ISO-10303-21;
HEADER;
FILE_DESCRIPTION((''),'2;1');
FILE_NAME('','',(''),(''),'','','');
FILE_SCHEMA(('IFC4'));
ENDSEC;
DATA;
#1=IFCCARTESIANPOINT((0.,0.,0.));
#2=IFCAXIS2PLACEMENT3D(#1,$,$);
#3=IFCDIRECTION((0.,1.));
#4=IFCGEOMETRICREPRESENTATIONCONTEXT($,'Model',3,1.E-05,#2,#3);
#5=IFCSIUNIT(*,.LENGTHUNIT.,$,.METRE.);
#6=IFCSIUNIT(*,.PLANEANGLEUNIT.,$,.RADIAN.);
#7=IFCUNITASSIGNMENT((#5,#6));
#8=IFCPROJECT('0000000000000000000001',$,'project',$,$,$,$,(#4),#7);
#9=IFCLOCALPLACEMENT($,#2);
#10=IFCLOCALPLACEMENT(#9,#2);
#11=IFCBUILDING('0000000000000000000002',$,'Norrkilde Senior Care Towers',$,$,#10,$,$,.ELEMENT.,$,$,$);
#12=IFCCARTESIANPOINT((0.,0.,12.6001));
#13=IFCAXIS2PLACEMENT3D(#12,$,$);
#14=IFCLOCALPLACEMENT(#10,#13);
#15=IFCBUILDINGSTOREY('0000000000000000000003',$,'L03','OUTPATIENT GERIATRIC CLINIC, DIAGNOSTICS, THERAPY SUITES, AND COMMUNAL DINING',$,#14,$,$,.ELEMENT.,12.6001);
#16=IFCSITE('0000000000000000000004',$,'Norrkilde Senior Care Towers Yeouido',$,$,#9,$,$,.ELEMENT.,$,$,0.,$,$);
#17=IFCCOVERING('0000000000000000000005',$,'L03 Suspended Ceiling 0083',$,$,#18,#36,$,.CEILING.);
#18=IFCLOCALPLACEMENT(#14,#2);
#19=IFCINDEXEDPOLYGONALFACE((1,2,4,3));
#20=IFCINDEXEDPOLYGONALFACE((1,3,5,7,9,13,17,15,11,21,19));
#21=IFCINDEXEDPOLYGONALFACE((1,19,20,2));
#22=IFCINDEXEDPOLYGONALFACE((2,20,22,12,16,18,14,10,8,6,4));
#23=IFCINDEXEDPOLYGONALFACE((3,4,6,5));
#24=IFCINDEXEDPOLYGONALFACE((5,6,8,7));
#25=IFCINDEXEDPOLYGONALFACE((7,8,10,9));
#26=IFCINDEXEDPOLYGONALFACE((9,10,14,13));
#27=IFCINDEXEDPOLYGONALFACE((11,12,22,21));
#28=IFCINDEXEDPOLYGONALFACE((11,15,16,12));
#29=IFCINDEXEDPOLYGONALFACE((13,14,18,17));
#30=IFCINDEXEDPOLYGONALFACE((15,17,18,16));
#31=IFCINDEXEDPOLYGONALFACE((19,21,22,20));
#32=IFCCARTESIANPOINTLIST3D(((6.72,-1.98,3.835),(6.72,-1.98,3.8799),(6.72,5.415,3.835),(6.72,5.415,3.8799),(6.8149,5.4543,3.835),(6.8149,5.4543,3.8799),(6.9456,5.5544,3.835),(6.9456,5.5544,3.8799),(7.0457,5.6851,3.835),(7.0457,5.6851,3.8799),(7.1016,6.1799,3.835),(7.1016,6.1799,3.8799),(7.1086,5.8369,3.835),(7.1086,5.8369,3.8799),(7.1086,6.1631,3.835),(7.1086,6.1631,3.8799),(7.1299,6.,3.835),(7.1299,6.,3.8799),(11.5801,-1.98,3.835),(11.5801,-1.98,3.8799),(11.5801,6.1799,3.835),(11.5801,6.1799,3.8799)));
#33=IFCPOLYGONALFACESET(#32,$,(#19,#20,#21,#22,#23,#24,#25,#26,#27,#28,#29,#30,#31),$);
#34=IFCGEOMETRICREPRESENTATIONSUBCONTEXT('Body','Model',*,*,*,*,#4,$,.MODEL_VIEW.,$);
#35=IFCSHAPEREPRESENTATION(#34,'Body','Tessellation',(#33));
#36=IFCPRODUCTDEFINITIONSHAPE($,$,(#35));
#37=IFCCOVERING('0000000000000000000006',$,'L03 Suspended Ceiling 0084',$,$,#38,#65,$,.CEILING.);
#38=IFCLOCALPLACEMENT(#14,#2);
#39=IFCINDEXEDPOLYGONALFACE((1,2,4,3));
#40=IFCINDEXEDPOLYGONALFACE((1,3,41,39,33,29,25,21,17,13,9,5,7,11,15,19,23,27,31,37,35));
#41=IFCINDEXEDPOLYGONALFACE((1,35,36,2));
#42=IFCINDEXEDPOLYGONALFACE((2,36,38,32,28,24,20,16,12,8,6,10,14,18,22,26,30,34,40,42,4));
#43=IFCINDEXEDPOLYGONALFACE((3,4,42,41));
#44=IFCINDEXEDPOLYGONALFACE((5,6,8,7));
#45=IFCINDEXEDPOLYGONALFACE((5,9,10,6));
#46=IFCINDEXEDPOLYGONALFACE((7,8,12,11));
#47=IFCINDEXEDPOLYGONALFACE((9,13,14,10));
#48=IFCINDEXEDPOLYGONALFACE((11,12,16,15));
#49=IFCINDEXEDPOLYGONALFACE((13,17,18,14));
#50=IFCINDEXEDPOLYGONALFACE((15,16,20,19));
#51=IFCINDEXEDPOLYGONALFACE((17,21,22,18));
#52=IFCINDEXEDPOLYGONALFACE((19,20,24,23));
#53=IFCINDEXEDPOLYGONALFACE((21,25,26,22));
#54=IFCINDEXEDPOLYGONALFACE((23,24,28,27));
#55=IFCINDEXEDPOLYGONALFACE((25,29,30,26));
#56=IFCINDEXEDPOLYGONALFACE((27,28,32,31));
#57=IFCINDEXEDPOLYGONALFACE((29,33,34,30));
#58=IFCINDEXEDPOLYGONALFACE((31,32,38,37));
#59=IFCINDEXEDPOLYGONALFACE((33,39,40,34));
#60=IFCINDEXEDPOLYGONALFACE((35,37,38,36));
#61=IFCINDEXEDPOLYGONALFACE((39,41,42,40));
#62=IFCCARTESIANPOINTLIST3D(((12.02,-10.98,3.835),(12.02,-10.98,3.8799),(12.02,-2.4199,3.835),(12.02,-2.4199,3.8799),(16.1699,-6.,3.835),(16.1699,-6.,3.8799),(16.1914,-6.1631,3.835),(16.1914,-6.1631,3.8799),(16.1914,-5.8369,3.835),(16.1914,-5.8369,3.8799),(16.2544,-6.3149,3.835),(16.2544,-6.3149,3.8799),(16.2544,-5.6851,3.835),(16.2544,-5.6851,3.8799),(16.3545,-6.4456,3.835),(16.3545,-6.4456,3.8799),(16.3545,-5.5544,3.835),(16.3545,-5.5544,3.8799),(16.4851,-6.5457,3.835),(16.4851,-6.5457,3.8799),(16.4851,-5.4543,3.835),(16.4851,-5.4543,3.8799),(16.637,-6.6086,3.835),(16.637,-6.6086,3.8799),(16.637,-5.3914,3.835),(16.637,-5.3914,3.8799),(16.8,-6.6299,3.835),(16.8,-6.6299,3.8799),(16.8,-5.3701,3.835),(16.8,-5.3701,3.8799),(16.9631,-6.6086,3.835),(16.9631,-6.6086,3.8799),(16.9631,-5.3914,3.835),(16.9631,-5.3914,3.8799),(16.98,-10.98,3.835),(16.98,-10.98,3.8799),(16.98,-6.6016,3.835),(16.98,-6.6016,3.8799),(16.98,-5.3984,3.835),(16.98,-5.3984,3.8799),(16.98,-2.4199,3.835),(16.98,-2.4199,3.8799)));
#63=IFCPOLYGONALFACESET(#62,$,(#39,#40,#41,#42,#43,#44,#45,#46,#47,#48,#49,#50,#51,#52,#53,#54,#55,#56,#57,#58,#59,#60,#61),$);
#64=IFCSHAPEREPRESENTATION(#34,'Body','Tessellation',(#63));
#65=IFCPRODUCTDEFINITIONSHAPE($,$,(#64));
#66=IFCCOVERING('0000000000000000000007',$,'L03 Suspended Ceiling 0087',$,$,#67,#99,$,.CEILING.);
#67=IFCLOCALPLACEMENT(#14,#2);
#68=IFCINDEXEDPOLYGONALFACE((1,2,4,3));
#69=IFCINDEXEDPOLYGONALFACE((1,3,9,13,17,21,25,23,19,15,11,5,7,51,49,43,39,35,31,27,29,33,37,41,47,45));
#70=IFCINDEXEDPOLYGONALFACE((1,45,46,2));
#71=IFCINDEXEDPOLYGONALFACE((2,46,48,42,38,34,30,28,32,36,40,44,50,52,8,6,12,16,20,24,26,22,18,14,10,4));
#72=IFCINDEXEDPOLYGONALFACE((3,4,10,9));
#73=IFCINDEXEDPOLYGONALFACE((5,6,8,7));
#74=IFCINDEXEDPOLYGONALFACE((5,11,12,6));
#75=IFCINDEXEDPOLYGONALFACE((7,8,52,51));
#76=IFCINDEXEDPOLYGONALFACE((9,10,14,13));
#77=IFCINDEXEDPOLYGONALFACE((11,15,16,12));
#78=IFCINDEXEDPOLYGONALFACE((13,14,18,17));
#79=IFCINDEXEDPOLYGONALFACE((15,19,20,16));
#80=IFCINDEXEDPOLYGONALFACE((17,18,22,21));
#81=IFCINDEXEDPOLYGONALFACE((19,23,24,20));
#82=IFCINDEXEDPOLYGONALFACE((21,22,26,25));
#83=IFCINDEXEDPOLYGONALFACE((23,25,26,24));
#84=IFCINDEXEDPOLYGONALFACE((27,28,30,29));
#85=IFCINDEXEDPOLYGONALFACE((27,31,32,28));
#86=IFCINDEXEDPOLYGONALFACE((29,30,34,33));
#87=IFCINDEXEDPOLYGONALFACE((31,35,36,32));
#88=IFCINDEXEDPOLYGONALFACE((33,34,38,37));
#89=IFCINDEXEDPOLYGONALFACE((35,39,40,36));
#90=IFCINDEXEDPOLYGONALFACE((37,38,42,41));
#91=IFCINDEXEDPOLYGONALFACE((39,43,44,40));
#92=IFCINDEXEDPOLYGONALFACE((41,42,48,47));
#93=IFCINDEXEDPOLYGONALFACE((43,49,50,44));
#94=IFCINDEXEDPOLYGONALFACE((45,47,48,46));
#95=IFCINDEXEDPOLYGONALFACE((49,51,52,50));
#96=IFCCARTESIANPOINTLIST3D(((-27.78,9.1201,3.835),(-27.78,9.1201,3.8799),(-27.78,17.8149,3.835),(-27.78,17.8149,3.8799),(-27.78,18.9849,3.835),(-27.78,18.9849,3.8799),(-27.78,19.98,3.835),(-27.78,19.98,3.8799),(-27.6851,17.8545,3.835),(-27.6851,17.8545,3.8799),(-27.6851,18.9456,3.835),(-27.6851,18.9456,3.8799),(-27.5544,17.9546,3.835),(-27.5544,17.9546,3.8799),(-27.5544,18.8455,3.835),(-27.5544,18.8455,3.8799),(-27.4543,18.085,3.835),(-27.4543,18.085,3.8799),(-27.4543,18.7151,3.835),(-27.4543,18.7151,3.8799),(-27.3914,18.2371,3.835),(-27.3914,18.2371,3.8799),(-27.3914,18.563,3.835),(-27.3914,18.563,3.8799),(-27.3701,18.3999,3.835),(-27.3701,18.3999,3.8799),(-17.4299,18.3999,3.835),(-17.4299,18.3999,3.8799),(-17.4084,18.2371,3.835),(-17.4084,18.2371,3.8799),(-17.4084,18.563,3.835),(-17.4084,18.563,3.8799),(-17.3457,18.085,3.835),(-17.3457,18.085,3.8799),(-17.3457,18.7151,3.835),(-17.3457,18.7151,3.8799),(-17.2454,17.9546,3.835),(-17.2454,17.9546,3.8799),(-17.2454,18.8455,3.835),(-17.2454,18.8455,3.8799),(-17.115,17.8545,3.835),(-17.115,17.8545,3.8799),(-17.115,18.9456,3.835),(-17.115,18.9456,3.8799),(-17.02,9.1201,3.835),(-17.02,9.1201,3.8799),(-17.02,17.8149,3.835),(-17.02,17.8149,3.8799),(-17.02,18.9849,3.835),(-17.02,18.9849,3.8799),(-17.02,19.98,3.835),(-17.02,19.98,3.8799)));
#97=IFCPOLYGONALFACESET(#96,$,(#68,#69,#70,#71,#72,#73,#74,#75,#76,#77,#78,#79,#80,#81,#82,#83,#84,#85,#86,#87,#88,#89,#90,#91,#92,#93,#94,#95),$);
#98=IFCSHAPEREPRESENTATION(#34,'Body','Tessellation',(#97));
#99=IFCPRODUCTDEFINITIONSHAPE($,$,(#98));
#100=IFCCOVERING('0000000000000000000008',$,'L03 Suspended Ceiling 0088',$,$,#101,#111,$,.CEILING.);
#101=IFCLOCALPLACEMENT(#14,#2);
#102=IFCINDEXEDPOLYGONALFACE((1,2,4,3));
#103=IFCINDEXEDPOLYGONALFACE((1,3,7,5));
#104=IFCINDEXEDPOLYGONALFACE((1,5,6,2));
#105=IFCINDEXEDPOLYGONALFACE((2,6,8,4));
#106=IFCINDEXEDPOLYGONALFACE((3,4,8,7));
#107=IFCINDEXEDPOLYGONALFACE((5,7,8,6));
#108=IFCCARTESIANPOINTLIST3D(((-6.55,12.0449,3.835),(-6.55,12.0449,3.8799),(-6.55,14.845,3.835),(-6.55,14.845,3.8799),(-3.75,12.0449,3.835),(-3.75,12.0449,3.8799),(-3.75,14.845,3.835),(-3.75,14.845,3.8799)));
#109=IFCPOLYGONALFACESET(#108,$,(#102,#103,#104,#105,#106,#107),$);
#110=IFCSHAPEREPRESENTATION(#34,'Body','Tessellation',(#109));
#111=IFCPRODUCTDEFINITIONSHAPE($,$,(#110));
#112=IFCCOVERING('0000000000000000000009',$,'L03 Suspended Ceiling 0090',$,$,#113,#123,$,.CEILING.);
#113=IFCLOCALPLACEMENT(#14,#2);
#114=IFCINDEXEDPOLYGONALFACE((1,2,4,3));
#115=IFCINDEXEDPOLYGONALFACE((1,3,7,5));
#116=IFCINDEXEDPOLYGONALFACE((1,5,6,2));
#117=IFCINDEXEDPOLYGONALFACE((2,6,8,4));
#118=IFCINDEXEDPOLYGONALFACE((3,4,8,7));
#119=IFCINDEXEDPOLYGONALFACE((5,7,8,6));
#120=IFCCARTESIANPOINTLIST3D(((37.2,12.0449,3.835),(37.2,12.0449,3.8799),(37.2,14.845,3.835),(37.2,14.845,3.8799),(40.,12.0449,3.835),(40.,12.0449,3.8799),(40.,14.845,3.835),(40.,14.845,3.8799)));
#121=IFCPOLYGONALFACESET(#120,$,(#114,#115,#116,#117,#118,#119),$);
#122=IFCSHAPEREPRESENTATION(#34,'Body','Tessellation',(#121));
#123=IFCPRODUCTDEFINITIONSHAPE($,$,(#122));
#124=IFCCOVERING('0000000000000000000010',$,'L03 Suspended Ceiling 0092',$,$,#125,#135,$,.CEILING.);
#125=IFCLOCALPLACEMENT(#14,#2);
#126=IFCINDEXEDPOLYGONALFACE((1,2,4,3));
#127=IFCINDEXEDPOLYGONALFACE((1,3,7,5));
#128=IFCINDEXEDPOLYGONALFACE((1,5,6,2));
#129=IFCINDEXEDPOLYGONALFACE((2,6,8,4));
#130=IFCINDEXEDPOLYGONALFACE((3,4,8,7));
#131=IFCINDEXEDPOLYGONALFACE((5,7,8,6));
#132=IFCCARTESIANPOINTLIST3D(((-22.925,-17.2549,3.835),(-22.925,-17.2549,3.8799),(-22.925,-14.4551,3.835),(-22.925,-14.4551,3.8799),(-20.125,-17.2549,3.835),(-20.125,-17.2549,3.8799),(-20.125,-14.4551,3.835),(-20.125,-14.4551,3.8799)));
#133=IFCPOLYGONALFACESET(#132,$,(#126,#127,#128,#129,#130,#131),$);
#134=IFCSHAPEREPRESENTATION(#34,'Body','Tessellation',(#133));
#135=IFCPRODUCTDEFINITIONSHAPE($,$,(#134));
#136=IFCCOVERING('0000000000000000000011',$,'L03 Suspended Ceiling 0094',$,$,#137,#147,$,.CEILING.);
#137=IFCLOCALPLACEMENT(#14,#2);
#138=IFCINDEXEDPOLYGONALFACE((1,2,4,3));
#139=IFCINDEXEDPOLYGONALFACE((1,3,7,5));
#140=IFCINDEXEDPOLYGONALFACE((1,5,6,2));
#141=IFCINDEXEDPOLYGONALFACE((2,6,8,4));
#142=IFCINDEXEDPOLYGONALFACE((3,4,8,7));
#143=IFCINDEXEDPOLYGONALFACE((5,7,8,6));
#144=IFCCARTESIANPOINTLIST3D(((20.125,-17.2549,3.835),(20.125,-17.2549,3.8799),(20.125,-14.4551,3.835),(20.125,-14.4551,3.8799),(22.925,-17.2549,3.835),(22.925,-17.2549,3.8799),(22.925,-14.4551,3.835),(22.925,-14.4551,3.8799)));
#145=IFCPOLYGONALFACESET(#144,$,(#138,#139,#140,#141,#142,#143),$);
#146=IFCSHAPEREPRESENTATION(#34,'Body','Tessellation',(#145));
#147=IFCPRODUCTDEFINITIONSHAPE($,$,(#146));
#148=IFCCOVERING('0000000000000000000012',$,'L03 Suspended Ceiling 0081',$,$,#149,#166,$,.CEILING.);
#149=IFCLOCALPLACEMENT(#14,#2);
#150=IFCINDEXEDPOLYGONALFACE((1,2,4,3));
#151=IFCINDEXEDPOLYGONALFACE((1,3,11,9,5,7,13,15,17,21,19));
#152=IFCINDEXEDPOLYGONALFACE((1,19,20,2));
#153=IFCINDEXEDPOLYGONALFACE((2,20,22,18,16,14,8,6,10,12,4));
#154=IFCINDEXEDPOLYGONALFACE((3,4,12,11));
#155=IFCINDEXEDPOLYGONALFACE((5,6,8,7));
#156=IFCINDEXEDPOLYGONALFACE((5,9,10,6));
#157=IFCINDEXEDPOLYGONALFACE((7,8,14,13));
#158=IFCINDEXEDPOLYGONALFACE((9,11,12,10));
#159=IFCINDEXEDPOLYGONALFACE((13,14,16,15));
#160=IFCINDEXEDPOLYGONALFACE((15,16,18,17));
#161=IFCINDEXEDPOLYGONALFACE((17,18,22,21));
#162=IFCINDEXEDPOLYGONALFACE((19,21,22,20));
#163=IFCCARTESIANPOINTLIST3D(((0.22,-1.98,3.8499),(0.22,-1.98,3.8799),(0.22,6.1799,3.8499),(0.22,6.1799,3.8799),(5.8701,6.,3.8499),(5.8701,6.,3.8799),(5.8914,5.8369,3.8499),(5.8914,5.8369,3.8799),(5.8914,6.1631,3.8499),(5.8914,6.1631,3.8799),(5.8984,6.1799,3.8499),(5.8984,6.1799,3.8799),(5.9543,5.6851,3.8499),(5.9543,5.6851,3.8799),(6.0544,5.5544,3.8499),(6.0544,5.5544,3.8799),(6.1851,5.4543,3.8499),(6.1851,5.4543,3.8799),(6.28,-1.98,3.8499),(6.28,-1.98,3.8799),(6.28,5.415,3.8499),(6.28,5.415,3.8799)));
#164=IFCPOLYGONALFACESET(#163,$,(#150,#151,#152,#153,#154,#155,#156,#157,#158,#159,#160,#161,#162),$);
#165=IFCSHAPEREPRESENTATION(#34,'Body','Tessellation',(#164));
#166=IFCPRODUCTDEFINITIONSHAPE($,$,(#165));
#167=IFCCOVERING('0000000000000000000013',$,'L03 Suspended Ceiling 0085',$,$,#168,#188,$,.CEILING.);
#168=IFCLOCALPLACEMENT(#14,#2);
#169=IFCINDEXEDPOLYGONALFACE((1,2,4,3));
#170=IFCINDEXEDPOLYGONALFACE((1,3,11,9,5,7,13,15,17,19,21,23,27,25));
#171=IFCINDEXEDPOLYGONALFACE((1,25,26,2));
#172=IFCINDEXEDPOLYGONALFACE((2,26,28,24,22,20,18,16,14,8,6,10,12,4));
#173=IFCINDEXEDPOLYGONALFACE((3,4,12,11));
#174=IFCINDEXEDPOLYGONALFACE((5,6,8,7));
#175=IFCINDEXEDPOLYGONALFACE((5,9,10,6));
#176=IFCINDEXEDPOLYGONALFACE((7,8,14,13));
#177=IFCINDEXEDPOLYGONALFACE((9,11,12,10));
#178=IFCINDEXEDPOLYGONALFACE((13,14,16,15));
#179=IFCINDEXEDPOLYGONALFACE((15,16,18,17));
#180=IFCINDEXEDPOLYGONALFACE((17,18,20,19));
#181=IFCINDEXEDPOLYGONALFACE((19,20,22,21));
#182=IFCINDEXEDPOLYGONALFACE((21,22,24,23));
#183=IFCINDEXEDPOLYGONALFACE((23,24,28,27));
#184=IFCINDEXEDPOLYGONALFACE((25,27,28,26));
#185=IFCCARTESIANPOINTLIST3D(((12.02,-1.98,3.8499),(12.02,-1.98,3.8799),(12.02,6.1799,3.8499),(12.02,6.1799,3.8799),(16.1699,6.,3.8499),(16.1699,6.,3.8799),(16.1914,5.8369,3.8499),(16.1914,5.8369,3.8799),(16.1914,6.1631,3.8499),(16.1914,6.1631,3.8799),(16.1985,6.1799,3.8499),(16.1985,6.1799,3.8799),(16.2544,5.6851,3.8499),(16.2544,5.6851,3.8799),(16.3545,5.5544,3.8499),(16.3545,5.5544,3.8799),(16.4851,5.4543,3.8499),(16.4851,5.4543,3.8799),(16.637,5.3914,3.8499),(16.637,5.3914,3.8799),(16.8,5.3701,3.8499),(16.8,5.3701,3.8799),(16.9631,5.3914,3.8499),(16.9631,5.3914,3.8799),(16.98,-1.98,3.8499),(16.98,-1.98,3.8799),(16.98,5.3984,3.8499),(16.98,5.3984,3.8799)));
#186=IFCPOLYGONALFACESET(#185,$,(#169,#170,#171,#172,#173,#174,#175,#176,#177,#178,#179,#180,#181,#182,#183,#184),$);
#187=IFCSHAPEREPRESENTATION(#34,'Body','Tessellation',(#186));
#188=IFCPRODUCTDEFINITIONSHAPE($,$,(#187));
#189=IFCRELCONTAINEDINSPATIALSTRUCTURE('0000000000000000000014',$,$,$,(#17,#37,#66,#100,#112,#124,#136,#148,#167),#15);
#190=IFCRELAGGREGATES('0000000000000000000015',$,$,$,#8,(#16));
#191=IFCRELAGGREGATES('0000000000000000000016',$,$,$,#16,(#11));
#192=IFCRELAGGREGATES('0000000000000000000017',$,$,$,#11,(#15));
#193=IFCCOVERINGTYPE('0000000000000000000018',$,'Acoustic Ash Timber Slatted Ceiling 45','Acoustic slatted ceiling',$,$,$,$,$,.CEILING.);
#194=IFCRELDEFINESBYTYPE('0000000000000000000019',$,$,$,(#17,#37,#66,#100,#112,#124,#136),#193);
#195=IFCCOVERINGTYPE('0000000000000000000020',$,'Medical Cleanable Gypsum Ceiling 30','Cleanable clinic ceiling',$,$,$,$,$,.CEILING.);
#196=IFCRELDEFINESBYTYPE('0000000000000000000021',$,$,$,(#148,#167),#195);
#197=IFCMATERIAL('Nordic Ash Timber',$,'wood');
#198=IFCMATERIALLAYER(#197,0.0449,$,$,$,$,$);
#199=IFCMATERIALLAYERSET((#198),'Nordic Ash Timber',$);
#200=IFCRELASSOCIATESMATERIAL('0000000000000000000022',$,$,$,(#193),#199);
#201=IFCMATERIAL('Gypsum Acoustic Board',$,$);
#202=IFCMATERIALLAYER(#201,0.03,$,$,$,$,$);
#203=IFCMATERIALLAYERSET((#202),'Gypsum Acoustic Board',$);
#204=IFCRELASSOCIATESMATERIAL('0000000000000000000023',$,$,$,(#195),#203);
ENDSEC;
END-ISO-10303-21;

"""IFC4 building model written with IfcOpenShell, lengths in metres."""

from ifc_helpers import new_model, si_unit, direction, frame, origin, place, context, subcontext, project, spatial, polyline, outline, extrude, material, layer, layer_set, type_object, element, save


model = new_model("IFC4")

# Units and contexts
model_context = context("Model", 3, precision=1e-05, world=origin(), true_north=direction((0.0, 1.0)))
body_context = subcontext(model_context, "Body", "Model", "MODEL_VIEW")
ifc_project = project(units=[si_unit("LENGTHUNIT", "METRE"), si_unit("PLANEANGLEUNIT", "RADIAN")], contexts=[model_context])

# Site, building, storey
site_placement = place(None, origin())
site = spatial("IfcSite", under=ifc_project, at=site_placement, Name="Norrkilde Senior Care Towers Yeouido", CompositionType="ELEMENT", RefElevation=0.0)
building_placement = place(site_placement, origin())
building = spatial("IfcBuilding", under=site, at=building_placement, Name="Norrkilde Senior Care Towers", CompositionType="ELEMENT")
storey_placement = place(building_placement, frame((0.0, 0.0, 12.6001)))
storey = spatial("IfcBuildingStorey", under=building, at=storey_placement, Name="L03", Description="OUTPATIENT GERIATRIC CLINIC, DIAGNOSTICS, THERAPY SUITES, AND COMMUNAL DINING", CompositionType="ELEMENT", Elevation=12.6001)

# Shared definitions
ifc_material_1 = material(Name="Gypsum Acoustic Board")

# Coverings
ifc_material_2 = material(Name="Nordic Ash Timber", Category="wood")
ifc_layer_1 = layer(ifc_material_2, 0.0449)
ifc_layer_set_1 = layer_set([ifc_layer_1], Name="Nordic Ash Timber")
covering_type_1 = type_object("IfcCoveringType", Name="Acoustic Ash Timber Slatted Ceiling 45", Description="Acoustic slatted ceiling", PredefinedType="CEILING", material=ifc_layer_set_1)
covering_1_placement = place(storey_placement, frame((0.0, 0.0, 3.835)))
element("IfcCovering", 1, at=covering_1_placement, inside=storey, type_object=covering_type_1, Name="L03 Suspended Ceiling 0083", PredefinedType="CEILING", context=body_context, shape_type="SweptSolid", body=[
    extrude(outline(polyline([(11.5801, -1.98), (6.72, -1.98), (6.72, 5.415), (6.8149, 5.4543), (6.9456, 5.5544), (7.0457, 5.6851), (7.1086, 5.8369), (7.1299, 6.0), (7.1086, 6.1631), (7.1016, 6.1799), (11.5801, 6.1799), (11.5801, -1.98)])), origin(), (0.0, 0.0, 1.0), 0.0449),
])
covering_2_placement = place(storey_placement, frame((0.0, 0.0, 3.835)))
element("IfcCovering", 2, at=covering_2_placement, inside=storey, type_object=covering_type_1, Name="L03 Suspended Ceiling 0084", PredefinedType="CEILING", context=body_context, shape_type="SweptSolid", body=[
    extrude(outline(polyline([(16.98, -5.3984), (16.9631, -5.3914), (16.8, -5.3701), (16.637, -5.3914), (16.4851, -5.4543), (16.3545, -5.5544), (16.2544, -5.6851), (16.1914, -5.8369), (16.1699, -6.0), (16.1914, -6.1631), (16.2544, -6.3149), (16.3545, -6.4456), (16.4851, -6.5457), (16.637, -6.6086), (16.8, -6.6299), (16.9631, -6.6086), (16.98, -6.6016), (16.98, -10.98), (12.02, -10.98), (12.02, -2.4199), (16.98, -2.4199), (16.98, -5.3984)])), origin(), (0.0, 0.0, 1.0), 0.0449),
])
covering_3_placement = place(storey_placement, frame((0.0, 0.0, 3.835)))
element("IfcCovering", 3, at=covering_3_placement, inside=storey, type_object=covering_type_1, Name="L03 Suspended Ceiling 0087", PredefinedType="CEILING", context=body_context, shape_type="SweptSolid", body=[
    extrude(outline(polyline([(-27.78, 9.1201), (-27.78, 17.8149), (-27.6851, 17.8545), (-27.5544, 17.9546), (-27.4543, 18.085), (-27.3914, 18.2371), (-27.3701, 18.3999), (-27.3914, 18.563), (-27.4543, 18.7151), (-27.5544, 18.8455), (-27.6851, 18.9456), (-27.78, 18.9849), (-27.78, 19.98), (-17.02, 19.98), (-17.02, 18.9849), (-17.115, 18.9456), (-17.2454, 18.8455), (-17.3457, 18.7151), (-17.4084, 18.563), (-17.4299, 18.3999), (-17.4084, 18.2371), (-17.3457, 18.085), (-17.2454, 17.9546), (-17.115, 17.8545), (-17.02, 17.8149), (-17.02, 9.1201), (-27.78, 9.1201)])), origin(), (0.0, 0.0, 1.0), 0.0449),
])
covering_4_placement = place(storey_placement, frame((0.0, 0.0, 3.835)))
element("IfcCovering", 4, at=covering_4_placement, inside=storey, type_object=covering_type_1, Name="L03 Suspended Ceiling 0088", PredefinedType="CEILING", context=body_context, shape_type="SweptSolid", body=[
    extrude(outline(polyline([(-6.55, 12.0449), (-6.55, 14.845), (-3.75, 14.845), (-3.75, 12.0449), (-6.55, 12.0449)])), origin(), (0.0, 0.0, 1.0), 0.0449),
])
covering_5_placement = place(storey_placement, frame((0.0, 0.0, 3.835)))
element("IfcCovering", 5, at=covering_5_placement, inside=storey, type_object=covering_type_1, Name="L03 Suspended Ceiling 0090", PredefinedType="CEILING", context=body_context, shape_type="SweptSolid", body=[
    extrude(outline(polyline([(37.2, 12.0449), (37.2, 14.845), (40.0, 14.845), (40.0, 12.0449), (37.2, 12.0449)])), origin(), (0.0, 0.0, 1.0), 0.0449),
])
covering_6_placement = place(storey_placement, frame((0.0, 0.0, 3.835)))
element("IfcCovering", 6, at=covering_6_placement, inside=storey, type_object=covering_type_1, Name="L03 Suspended Ceiling 0092", PredefinedType="CEILING", context=body_context, shape_type="SweptSolid", body=[
    extrude(outline(polyline([(-22.925, -17.2549), (-22.925, -14.4551), (-20.125, -14.4551), (-20.125, -17.2549), (-22.925, -17.2549)])), origin(), (0.0, 0.0, 1.0), 0.0449),
])
covering_7_placement = place(storey_placement, frame((0.0, 0.0, 3.835)))
element("IfcCovering", 7, at=covering_7_placement, inside=storey, type_object=covering_type_1, Name="L03 Suspended Ceiling 0094", PredefinedType="CEILING", context=body_context, shape_type="SweptSolid", body=[
    extrude(outline(polyline([(20.125, -17.2549), (20.125, -14.4551), (22.925, -14.4551), (22.925, -17.2549), (20.125, -17.2549)])), origin(), (0.0, 0.0, 1.0), 0.0449),
])
ifc_layer_2 = layer(ifc_material_1, 0.03)
ifc_layer_set_2 = layer_set([ifc_layer_2], Name="Gypsum Acoustic Board")
covering_type_2 = type_object("IfcCoveringType", Name="Medical Cleanable Gypsum Ceiling 30", Description="Cleanable clinic ceiling", PredefinedType="CEILING", material=ifc_layer_set_2)
covering_8_placement = place(storey_placement, frame((0.0, 0.0, 3.8499)))
element("IfcCovering", 8, at=covering_8_placement, inside=storey, type_object=covering_type_2, Name="L03 Suspended Ceiling 0081", PredefinedType="CEILING", context=body_context, shape_type="SweptSolid", body=[
    extrude(outline(polyline([(6.28, -1.98), (0.22, -1.98), (0.22, 6.1799), (5.8984, 6.1799), (5.8914, 6.1631), (5.8701, 6.0), (5.8914, 5.8369), (5.9543, 5.6851), (6.0544, 5.5544), (6.1851, 5.4543), (6.28, 5.415), (6.28, -1.98)])), origin(), (0.0, 0.0, 1.0), 0.03),
])
covering_9_placement = place(storey_placement, frame((0.0, 0.0, 3.8499)))
element("IfcCovering", 9, at=covering_9_placement, inside=storey, type_object=covering_type_2, Name="L03 Suspended Ceiling 0085", PredefinedType="CEILING", context=body_context, shape_type="SweptSolid", body=[
    extrude(outline(polyline([(16.98, -1.98), (12.02, -1.98), (12.02, 6.1799), (16.1985, 6.1799), (16.1914, 6.1631), (16.1699, 6.0), (16.1914, 5.8369), (16.2544, 5.6851), (16.3545, 5.5544), (16.4851, 5.4543), (16.637, 5.3914), (16.8, 5.3701), (16.9631, 5.3914), (16.98, 5.3984), (16.98, -1.98)])), origin(), (0.0, 0.0, 1.0), 0.03),
])

save(model, "model.ifc")
